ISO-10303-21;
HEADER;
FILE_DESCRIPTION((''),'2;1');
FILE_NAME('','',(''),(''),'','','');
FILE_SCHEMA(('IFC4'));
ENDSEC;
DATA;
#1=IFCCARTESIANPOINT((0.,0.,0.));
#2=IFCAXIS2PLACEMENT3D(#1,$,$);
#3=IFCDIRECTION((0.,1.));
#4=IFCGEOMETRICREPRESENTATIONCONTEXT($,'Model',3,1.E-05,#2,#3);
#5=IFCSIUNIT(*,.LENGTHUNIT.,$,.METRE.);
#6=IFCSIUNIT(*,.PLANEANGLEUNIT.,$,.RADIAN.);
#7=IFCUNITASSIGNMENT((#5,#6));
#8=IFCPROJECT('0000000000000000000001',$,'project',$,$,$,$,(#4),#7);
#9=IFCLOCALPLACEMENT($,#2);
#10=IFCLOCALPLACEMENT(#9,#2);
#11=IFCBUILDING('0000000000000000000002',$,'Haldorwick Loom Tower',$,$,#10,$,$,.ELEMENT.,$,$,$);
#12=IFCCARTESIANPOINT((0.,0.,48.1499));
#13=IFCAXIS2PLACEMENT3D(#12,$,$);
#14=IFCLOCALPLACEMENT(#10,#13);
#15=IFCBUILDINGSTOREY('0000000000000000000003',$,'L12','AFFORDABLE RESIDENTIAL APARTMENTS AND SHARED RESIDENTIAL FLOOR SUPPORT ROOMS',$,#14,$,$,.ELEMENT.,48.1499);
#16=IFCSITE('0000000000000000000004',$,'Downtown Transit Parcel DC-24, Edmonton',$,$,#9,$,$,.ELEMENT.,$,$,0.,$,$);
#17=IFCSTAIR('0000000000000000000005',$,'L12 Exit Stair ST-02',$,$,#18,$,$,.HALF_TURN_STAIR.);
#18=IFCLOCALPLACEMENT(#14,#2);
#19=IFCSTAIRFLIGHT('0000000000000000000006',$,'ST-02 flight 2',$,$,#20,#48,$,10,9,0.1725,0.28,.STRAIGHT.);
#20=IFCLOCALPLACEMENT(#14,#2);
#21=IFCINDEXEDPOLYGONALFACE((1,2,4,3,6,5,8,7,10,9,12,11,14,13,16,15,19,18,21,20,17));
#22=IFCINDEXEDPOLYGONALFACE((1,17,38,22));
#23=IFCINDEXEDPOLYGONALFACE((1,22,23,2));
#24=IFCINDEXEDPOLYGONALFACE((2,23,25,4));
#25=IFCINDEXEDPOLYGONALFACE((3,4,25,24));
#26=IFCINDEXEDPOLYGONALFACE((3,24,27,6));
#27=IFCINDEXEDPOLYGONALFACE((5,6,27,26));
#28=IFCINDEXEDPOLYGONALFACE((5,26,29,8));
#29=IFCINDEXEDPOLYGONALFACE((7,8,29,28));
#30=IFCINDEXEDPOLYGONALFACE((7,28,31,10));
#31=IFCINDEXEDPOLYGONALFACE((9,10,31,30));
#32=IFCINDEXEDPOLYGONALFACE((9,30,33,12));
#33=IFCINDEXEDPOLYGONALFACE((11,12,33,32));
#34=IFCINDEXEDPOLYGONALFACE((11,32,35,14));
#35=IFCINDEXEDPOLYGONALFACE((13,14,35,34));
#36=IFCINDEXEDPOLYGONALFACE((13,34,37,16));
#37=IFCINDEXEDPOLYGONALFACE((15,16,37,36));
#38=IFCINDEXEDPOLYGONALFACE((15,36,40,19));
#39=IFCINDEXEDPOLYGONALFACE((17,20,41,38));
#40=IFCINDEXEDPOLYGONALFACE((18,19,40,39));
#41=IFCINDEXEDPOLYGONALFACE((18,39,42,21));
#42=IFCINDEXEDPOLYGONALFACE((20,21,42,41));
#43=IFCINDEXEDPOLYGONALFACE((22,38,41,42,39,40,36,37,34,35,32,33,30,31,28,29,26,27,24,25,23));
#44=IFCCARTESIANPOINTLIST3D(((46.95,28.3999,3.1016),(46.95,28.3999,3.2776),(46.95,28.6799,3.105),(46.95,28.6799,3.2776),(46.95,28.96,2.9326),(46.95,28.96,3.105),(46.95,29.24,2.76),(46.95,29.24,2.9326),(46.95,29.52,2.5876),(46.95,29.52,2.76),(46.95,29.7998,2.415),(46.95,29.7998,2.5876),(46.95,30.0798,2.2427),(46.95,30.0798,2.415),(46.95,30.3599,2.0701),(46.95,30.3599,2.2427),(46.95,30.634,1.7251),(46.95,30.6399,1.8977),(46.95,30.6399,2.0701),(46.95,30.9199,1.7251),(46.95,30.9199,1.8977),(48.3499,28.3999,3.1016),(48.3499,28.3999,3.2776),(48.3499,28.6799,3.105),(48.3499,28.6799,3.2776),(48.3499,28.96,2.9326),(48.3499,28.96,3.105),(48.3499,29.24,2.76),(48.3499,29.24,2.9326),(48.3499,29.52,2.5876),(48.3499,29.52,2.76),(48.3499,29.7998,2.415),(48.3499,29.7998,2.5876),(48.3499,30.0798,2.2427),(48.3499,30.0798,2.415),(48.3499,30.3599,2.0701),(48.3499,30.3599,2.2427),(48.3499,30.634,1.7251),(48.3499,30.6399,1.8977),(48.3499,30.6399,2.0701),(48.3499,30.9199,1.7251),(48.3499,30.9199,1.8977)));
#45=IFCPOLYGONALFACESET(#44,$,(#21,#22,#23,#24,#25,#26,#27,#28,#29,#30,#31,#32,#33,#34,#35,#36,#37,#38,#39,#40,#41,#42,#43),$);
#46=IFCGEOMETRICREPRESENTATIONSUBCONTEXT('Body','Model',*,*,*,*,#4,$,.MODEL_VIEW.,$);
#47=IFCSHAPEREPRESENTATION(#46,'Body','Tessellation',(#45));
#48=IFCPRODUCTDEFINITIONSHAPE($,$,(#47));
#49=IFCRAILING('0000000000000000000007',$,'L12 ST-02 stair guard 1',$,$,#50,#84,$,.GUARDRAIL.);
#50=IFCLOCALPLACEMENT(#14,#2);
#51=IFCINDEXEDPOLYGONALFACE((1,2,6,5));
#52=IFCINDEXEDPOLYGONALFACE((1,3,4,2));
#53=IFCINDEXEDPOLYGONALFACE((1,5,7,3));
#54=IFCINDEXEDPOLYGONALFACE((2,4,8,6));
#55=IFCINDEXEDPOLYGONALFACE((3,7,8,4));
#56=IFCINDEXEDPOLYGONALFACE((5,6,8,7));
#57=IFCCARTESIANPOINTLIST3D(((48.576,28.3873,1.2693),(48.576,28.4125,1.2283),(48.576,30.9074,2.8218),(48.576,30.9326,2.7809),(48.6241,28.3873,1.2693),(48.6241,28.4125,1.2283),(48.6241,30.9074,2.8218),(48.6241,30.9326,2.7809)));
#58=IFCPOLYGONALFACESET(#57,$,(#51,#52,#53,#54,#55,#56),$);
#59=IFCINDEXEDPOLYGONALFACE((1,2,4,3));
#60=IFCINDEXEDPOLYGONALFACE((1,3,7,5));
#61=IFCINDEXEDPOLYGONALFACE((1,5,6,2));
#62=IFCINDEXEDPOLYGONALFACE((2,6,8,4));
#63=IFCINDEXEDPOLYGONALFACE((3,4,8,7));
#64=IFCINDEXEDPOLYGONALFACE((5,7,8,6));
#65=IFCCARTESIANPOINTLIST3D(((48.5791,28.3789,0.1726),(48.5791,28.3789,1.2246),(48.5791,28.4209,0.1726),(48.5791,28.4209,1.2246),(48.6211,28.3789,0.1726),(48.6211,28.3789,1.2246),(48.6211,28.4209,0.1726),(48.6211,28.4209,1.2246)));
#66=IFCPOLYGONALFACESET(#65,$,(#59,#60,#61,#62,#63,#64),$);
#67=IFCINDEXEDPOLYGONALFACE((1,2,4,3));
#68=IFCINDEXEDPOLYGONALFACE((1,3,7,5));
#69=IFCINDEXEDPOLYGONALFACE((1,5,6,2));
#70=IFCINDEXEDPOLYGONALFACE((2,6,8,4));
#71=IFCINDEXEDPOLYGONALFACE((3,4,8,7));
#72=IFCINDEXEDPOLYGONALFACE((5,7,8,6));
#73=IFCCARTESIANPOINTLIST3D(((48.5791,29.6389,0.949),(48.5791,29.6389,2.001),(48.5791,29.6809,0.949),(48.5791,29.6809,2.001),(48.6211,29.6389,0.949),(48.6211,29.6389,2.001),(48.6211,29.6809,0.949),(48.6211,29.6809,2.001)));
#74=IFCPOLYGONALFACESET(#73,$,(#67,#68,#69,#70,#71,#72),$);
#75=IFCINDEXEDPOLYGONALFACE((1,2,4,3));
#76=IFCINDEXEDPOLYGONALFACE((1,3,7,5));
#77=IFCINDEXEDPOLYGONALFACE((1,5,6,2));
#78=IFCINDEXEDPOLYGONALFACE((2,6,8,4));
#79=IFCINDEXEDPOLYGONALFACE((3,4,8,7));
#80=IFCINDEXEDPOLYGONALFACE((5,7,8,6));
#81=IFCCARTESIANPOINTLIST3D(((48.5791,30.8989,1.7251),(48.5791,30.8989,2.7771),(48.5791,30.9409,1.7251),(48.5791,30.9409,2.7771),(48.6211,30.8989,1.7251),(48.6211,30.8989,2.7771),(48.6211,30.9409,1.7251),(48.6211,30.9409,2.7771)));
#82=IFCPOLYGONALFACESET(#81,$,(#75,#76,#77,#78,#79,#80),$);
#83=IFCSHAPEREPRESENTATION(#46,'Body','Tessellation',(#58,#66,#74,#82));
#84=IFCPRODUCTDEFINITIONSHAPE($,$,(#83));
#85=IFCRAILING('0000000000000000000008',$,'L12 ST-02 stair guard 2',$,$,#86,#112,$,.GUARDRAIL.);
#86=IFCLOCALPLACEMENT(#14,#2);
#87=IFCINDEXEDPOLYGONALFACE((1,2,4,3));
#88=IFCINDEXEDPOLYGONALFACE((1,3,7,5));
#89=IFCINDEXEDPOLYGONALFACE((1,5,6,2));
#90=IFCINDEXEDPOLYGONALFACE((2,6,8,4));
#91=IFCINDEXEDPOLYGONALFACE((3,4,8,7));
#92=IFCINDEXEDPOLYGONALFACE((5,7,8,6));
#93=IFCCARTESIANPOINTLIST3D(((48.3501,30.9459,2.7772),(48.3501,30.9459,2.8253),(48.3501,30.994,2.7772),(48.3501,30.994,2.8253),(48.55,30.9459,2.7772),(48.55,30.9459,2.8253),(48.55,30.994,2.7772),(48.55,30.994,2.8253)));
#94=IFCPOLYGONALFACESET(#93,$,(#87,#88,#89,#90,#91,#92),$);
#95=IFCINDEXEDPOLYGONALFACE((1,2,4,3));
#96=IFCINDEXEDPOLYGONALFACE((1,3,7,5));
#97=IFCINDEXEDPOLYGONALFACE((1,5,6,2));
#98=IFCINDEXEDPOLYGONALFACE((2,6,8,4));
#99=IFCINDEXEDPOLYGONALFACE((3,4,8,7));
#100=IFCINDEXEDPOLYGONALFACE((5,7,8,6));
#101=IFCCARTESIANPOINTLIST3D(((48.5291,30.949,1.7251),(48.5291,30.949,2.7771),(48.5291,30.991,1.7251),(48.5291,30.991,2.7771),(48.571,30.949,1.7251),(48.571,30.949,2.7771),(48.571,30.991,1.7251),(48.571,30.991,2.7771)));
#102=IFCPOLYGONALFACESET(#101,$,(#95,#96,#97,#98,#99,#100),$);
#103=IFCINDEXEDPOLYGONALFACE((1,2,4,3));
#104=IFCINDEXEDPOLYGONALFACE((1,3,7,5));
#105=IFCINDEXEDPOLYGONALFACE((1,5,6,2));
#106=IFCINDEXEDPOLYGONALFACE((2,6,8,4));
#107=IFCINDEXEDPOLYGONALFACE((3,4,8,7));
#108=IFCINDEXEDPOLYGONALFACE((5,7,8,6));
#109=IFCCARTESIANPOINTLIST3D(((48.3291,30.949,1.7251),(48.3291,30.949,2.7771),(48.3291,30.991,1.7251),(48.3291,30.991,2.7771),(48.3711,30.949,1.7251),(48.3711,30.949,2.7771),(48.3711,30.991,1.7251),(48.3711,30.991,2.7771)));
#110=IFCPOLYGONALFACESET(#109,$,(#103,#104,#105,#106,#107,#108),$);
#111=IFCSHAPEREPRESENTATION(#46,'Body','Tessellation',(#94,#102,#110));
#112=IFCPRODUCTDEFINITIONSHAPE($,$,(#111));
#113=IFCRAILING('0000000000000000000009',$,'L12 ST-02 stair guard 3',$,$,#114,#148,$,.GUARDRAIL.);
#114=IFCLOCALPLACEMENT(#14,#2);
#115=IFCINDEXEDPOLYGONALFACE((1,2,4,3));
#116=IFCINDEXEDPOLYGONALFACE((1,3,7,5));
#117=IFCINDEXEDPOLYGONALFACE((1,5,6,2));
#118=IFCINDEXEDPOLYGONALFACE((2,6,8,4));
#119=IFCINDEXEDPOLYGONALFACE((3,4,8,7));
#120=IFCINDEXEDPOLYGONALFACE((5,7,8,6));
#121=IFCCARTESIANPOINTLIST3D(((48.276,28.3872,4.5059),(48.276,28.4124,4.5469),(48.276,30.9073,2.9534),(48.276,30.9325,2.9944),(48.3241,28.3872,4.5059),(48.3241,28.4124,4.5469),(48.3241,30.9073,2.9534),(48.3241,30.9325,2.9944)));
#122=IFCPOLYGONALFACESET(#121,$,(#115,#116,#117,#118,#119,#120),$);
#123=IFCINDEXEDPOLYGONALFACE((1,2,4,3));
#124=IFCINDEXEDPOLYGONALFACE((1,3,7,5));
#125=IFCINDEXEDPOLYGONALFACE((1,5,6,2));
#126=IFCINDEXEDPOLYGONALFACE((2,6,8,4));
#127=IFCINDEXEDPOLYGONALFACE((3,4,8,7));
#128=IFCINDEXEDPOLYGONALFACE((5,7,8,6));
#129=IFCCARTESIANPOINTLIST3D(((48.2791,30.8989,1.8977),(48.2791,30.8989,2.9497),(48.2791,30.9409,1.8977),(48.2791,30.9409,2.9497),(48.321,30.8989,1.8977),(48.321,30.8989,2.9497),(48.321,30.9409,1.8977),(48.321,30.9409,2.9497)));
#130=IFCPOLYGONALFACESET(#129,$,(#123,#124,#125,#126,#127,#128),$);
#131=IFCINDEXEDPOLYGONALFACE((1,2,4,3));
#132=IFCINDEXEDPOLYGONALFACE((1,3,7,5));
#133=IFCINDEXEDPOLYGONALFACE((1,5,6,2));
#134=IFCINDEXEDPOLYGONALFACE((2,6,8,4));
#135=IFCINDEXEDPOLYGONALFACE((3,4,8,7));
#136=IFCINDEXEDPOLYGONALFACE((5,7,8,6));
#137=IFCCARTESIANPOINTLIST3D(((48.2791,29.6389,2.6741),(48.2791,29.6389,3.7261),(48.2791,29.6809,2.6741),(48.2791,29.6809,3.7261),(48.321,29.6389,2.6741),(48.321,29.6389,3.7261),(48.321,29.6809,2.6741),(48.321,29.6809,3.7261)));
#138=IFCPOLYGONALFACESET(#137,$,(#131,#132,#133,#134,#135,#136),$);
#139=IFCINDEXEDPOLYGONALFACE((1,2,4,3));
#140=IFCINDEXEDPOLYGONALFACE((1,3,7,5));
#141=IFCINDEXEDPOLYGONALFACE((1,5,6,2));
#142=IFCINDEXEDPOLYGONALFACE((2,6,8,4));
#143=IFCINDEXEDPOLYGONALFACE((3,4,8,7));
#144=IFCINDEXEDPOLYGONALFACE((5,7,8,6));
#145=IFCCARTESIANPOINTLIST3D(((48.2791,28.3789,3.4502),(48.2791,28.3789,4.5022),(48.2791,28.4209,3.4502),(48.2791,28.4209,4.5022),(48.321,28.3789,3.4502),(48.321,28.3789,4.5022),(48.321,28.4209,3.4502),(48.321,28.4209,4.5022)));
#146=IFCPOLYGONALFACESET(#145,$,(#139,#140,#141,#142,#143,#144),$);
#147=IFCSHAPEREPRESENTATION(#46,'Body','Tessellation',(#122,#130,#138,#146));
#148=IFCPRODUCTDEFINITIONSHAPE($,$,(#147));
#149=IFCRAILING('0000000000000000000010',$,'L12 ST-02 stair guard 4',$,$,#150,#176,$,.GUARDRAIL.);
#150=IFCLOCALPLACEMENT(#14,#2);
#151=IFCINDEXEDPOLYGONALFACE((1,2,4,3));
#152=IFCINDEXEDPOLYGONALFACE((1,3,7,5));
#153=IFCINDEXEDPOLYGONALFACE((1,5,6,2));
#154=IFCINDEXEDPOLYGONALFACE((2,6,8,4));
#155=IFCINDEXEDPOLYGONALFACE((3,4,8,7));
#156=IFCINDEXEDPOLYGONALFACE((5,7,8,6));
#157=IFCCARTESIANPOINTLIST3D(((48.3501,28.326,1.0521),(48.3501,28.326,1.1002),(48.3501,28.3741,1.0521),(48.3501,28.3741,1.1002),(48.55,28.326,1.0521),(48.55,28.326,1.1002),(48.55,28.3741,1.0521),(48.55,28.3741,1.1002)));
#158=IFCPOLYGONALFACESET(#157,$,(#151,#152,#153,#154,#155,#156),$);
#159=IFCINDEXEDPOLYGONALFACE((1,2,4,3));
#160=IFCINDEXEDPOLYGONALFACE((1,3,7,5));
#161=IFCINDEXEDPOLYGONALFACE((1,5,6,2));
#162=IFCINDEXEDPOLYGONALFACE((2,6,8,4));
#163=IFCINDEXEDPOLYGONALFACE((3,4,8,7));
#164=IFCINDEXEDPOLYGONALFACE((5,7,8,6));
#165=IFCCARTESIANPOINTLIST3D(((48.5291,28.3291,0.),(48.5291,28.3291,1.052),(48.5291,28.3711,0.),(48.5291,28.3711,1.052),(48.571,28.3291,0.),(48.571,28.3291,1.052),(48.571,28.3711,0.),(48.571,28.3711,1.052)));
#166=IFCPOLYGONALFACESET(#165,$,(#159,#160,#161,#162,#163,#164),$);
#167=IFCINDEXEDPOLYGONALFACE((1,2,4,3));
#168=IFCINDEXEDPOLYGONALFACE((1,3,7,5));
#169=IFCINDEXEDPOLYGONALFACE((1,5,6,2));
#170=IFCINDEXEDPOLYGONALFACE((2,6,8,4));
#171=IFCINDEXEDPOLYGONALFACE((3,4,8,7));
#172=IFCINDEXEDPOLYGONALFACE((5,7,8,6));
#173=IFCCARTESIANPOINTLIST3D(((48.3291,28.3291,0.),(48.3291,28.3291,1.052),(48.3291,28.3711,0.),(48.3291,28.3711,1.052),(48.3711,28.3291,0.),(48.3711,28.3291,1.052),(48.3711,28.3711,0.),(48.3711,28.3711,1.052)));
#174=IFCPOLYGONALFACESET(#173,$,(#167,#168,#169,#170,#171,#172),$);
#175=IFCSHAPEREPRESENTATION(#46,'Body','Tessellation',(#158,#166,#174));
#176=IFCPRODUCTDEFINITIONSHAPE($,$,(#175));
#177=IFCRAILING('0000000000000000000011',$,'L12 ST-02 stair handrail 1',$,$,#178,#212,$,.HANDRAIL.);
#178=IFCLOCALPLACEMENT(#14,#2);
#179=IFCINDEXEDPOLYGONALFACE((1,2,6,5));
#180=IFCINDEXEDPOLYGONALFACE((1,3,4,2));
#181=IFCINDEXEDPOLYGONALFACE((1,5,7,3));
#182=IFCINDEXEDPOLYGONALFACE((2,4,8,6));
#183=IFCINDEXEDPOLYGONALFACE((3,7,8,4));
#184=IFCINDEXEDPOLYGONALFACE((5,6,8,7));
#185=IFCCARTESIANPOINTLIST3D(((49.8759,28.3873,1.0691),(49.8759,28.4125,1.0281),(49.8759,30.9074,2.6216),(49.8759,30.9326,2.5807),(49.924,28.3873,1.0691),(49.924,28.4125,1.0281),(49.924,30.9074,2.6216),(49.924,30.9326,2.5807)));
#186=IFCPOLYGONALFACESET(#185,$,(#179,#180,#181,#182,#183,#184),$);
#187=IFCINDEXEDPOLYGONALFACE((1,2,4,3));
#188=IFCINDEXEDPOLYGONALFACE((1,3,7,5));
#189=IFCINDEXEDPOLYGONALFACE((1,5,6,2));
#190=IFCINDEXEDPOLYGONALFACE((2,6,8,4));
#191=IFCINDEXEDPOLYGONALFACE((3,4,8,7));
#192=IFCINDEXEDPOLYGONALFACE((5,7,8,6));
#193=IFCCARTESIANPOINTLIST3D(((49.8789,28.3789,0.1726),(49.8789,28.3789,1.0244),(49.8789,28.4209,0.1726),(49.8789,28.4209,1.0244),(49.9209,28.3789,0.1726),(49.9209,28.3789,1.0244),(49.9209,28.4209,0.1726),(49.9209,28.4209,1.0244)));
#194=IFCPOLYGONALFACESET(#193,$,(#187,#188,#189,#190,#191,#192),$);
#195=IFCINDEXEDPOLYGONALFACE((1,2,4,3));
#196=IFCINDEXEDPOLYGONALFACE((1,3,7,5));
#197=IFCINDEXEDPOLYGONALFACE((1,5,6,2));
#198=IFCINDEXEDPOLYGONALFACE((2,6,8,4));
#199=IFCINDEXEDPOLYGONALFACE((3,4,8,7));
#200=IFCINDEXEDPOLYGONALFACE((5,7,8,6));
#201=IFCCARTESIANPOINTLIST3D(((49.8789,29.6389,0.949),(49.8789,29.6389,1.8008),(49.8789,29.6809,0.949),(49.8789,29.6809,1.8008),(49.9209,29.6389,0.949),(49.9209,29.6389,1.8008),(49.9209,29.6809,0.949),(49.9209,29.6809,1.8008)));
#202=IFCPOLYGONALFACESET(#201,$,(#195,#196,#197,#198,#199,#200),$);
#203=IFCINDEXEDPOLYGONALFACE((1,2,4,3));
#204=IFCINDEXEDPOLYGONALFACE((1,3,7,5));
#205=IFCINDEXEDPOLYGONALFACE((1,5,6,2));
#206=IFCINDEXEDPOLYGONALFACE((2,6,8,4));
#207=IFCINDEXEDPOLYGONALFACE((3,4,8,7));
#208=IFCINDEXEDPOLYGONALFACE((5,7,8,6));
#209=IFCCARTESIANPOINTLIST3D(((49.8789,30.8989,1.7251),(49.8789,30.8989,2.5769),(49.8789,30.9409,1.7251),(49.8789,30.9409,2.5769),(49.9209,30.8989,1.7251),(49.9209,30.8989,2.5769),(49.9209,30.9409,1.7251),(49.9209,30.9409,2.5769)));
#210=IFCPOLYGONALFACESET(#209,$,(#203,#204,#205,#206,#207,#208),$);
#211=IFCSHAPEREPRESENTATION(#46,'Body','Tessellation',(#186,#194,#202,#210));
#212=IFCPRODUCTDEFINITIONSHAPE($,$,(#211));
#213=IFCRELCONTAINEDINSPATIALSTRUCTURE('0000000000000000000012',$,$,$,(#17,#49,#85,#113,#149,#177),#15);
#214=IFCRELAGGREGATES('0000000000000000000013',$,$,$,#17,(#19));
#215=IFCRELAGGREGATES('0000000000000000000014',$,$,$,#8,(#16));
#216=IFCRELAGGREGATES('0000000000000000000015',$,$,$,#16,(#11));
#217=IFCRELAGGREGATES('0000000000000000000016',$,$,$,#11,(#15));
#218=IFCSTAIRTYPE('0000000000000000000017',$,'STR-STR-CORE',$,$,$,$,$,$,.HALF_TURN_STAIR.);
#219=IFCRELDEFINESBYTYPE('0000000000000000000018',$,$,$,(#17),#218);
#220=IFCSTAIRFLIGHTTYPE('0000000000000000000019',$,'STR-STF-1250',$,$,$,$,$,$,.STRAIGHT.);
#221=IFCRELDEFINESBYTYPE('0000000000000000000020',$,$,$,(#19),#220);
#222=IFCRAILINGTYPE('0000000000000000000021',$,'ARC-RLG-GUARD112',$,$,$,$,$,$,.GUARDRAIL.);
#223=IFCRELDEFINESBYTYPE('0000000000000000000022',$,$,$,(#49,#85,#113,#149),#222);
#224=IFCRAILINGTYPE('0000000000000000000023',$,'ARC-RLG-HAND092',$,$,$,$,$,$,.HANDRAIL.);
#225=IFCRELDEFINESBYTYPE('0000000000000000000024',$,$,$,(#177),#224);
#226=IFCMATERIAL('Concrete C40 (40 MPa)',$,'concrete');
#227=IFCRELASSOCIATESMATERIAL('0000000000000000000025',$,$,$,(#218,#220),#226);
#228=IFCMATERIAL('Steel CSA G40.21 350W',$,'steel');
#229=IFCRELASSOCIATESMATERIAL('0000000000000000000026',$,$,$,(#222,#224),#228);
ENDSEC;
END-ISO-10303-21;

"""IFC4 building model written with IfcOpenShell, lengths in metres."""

from ifc_helpers import new_model, si_unit, direction, frame, origin, origin_2d, place, context, subcontext, project, spatial, polyline, rectangle, outline, extrude, material, type_object, element, aggregate, save


model = new_model("IFC4")

# Units and contexts
model_context = context("Model", 3, precision=1e-05, world=origin(), true_north=direction((0.0, 1.0)))
body_context = subcontext(model_context, "Body", "Model", "MODEL_VIEW")
ifc_project = project(units=[si_unit("LENGTHUNIT", "METRE"), si_unit("PLANEANGLEUNIT", "RADIAN")], contexts=[model_context])

# Site, building, storey
site_placement = place(None, origin())
site = spatial("IfcSite", under=ifc_project, at=site_placement, Name="Downtown Transit Parcel DC-24, Edmonton", CompositionType="ELEMENT", RefElevation=0.0)
building_placement = place(site_placement, origin())
building = spatial("IfcBuilding", under=site, at=building_placement, Name="Haldorwick Loom Tower", CompositionType="ELEMENT")
storey_placement = place(building_placement, frame((0.0, 0.0, 48.1499)))
storey = spatial("IfcBuildingStorey", under=building, at=storey_placement, Name="L12", Description="AFFORDABLE RESIDENTIAL APARTMENTS AND SHARED RESIDENTIAL FLOOR SUPPORT ROOMS", CompositionType="ELEMENT", Elevation=48.1499)

# Shared definitions
ifc_material_1 = material(Name="Steel CSA G40.21 350W", Category="steel")

# Stair, stair flight
ifc_material_2 = material(Name="Concrete C40 (40 MPa)", Category="concrete")
stair_type = type_object("IfcStairType", Name="STR-STR-CORE", PredefinedType="HALF_TURN_STAIR", material=ifc_material_2)
stair_placement = place(storey_placement, origin())
stair = element("IfcStair", 1, at=stair_placement, inside=storey, type_object=stair_type, Name="L12 Exit Stair ST-02", PredefinedType="HALF_TURN_STAIR")
stair_flight_type = type_object("IfcStairFlightType", Name="STR-STF-1250", PredefinedType="STRAIGHT", material=ifc_material_2)
stair_flight_1_placement = place(storey_placement, frame((47.6499, 30.9199, 1.7251), z_axis=(0.0, 0.0, 1.0), x_axis=(0.0, -1.0, 0.0)))
stair_flight_1 = element("IfcStairFlight", 2, at=stair_flight_1_placement, type_object=stair_flight_type, Name="ST-02 flight 2", NumberOfRisers=10, NumberOfTreads=9, PredefinedType="STRAIGHT", RiserHeight=0.1725, TreadLength=0.28, context=body_context, shape_type="SweptSolid", body=[
    extrude(outline(polyline([(0.0, 0.0), (0.0, 0.1726), (0.28, 0.1726), (0.28, 0.345), (0.5601, 0.345), (0.5601, 0.5176), (0.8401, 0.5176), (0.8401, 0.6899), (1.1201, 0.6899), (1.1201, 0.8625), (1.3999, 0.8625), (1.3999, 1.0349), (1.6799, 1.0349), (1.6799, 1.2075), (1.96, 1.2075), (1.96, 1.3799), (2.24, 1.3799), (2.24, 1.5525), (2.52, 1.5525), (2.52, 1.7251), (2.52, 1.3765), (0.2859, 0.0), (0.0, 0.0)])), frame((0.0, 0.7, 0.0), z_axis=(0.0, -1.0, 0.0), x_axis=(1.0, 0.0, 0.0)), (0.0, 0.0, 1.0), 1.3999),
])
aggregate(stair, [stair_flight_1])

# Railings
railing_type_1 = type_object("IfcRailingType", Name="ARC-RLG-GUARD112", PredefinedType="GUARDRAIL", material=ifc_material_1)
railing_1_placement = place(storey_placement, frame((48.6001, 28.3999, 0.1726)))
element("IfcRailing", 3, at=railing_1_placement, inside=storey, type_object=railing_type_1, Name="L12 ST-02 stair guard 1", PredefinedType="GUARDRAIL", context=body_context, shape_type="SweptSolid", body=[
    extrude(rectangle(XDim=0.0481, YDim=0.0481, at=origin_2d()), frame((0.0, 0.0, 1.0762), z_axis=(0.0, 0.8514, 0.524516), x_axis=(-1.0, 0.0, 0.0)), (0.0, 0.0, 1.0), 2.96),
    extrude(rectangle(XDim=0.042, YDim=0.042, at=origin_2d()), origin(), (0.0, 0.0, 1.0), 1.052),
    extrude(rectangle(XDim=0.042, YDim=0.042, at=origin_2d()), frame((0.0, 1.26, 0.7764)), (0.0, 0.0, 1.0), 1.052),
    extrude(rectangle(XDim=0.042, YDim=0.042, at=origin_2d()), frame((0.0, 2.52, 1.5525)), (0.0, 0.0, 1.0), 1.052),
])
railing_2_placement = place(storey_placement, frame((48.55, 30.97, 1.7251)))
element("IfcRailing", 4, at=railing_2_placement, inside=storey, type_object=railing_type_1, Name="L12 ST-02 stair guard 2", PredefinedType="GUARDRAIL", context=body_context, shape_type="SweptSolid", body=[
    extrude(rectangle(XDim=0.0481, YDim=0.0481, at=origin_2d()), frame((0.0, 0.0, 1.0762), z_axis=(-1.0, 0.0, 0.0), x_axis=(0.0, -1.0, 0.0)), (0.0, 0.0, 1.0), 0.2),
    extrude(rectangle(XDim=0.042, YDim=0.042, at=origin_2d()), origin(), (0.0, 0.0, 1.0), 1.052),
    extrude(rectangle(XDim=0.042, YDim=0.042, at=origin_2d()), frame((-0.2, 0.0, 0.0)), (0.0, 0.0, 1.0), 1.052),
])
railing_3_placement = place(storey_placement, frame((48.3, 30.9199, 1.8977)))
element("IfcRailing", 5, at=railing_3_placement, inside=storey, type_object=railing_type_1, Name="L12 ST-02 stair guard 3", PredefinedType="GUARDRAIL", context=body_context, shape_type="SweptSolid", body=[
    extrude(rectangle(XDim=0.0481, YDim=0.0481, at=origin_2d()), frame((0.0, 0.0, 1.0762), z_axis=(0.0, -0.8514, 0.524516), x_axis=(1.0, 0.0, 0.0)), (0.0, 0.0, 1.0), 2.96),
    extrude(rectangle(XDim=0.042, YDim=0.042, at=origin_2d()), origin(), (0.0, 0.0, 1.0), 1.052),
    extrude(rectangle(XDim=0.042, YDim=0.042, at=origin_2d()), frame((0.0, -1.26, 0.7764)), (0.0, 0.0, 1.0), 1.052),
    extrude(rectangle(XDim=0.042, YDim=0.042, at=origin_2d()), frame((0.0, -2.52, 1.5525)), (0.0, 0.0, 1.0), 1.052),
])
railing_4_placement = place(storey_placement, frame((48.55, 28.3501, 0.0)))
element("IfcRailing", 6, at=railing_4_placement, inside=storey, type_object=railing_type_1, Name="L12 ST-02 stair guard 4", PredefinedType="GUARDRAIL", context=body_context, shape_type="SweptSolid", body=[
    extrude(rectangle(XDim=0.0481, YDim=0.0481, at=origin_2d()), frame((0.0, 0.0, 1.0762), z_axis=(-1.0, 0.0, 0.0), x_axis=(0.0, -1.0, 0.0)), (0.0, 0.0, 1.0), 0.2),
    extrude(rectangle(XDim=0.042, YDim=0.042, at=origin_2d()), origin(), (0.0, 0.0, 1.0), 1.052),
    extrude(rectangle(XDim=0.042, YDim=0.042, at=origin_2d()), frame((-0.2, 0.0, 0.0)), (0.0, 0.0, 1.0), 1.052),
])
railing_type_2 = type_object("IfcRailingType", Name="ARC-RLG-HAND092", PredefinedType="HANDRAIL", material=ifc_material_1)
railing_5_placement = place(storey_placement, frame((49.8999, 28.3999, 0.1726)))
element("IfcRailing", 7, at=railing_5_placement, inside=storey, type_object=railing_type_2, Name="L12 ST-02 stair handrail 1", PredefinedType="HANDRAIL", context=body_context, shape_type="SweptSolid", body=[
    extrude(rectangle(XDim=0.0481, YDim=0.0481, at=origin_2d()), frame((0.0, 0.0, 0.876), z_axis=(0.0, 0.8514, 0.524516), x_axis=(-1.0, 0.0, 0.0)), (0.0, 0.0, 1.0), 2.96),
    extrude(rectangle(XDim=0.042, YDim=0.042, at=origin_2d()), origin(), (0.0, 0.0, 1.0), 0.8518),
    extrude(rectangle(XDim=0.042, YDim=0.042, at=origin_2d()), frame((0.0, 1.26, 0.7764)), (0.0, 0.0, 1.0), 0.8518),
    extrude(rectangle(XDim=0.042, YDim=0.042, at=origin_2d()), frame((0.0, 2.52, 1.5525)), (0.0, 0.0, 1.0), 0.8518),
])

save(model, "model.ifc")
